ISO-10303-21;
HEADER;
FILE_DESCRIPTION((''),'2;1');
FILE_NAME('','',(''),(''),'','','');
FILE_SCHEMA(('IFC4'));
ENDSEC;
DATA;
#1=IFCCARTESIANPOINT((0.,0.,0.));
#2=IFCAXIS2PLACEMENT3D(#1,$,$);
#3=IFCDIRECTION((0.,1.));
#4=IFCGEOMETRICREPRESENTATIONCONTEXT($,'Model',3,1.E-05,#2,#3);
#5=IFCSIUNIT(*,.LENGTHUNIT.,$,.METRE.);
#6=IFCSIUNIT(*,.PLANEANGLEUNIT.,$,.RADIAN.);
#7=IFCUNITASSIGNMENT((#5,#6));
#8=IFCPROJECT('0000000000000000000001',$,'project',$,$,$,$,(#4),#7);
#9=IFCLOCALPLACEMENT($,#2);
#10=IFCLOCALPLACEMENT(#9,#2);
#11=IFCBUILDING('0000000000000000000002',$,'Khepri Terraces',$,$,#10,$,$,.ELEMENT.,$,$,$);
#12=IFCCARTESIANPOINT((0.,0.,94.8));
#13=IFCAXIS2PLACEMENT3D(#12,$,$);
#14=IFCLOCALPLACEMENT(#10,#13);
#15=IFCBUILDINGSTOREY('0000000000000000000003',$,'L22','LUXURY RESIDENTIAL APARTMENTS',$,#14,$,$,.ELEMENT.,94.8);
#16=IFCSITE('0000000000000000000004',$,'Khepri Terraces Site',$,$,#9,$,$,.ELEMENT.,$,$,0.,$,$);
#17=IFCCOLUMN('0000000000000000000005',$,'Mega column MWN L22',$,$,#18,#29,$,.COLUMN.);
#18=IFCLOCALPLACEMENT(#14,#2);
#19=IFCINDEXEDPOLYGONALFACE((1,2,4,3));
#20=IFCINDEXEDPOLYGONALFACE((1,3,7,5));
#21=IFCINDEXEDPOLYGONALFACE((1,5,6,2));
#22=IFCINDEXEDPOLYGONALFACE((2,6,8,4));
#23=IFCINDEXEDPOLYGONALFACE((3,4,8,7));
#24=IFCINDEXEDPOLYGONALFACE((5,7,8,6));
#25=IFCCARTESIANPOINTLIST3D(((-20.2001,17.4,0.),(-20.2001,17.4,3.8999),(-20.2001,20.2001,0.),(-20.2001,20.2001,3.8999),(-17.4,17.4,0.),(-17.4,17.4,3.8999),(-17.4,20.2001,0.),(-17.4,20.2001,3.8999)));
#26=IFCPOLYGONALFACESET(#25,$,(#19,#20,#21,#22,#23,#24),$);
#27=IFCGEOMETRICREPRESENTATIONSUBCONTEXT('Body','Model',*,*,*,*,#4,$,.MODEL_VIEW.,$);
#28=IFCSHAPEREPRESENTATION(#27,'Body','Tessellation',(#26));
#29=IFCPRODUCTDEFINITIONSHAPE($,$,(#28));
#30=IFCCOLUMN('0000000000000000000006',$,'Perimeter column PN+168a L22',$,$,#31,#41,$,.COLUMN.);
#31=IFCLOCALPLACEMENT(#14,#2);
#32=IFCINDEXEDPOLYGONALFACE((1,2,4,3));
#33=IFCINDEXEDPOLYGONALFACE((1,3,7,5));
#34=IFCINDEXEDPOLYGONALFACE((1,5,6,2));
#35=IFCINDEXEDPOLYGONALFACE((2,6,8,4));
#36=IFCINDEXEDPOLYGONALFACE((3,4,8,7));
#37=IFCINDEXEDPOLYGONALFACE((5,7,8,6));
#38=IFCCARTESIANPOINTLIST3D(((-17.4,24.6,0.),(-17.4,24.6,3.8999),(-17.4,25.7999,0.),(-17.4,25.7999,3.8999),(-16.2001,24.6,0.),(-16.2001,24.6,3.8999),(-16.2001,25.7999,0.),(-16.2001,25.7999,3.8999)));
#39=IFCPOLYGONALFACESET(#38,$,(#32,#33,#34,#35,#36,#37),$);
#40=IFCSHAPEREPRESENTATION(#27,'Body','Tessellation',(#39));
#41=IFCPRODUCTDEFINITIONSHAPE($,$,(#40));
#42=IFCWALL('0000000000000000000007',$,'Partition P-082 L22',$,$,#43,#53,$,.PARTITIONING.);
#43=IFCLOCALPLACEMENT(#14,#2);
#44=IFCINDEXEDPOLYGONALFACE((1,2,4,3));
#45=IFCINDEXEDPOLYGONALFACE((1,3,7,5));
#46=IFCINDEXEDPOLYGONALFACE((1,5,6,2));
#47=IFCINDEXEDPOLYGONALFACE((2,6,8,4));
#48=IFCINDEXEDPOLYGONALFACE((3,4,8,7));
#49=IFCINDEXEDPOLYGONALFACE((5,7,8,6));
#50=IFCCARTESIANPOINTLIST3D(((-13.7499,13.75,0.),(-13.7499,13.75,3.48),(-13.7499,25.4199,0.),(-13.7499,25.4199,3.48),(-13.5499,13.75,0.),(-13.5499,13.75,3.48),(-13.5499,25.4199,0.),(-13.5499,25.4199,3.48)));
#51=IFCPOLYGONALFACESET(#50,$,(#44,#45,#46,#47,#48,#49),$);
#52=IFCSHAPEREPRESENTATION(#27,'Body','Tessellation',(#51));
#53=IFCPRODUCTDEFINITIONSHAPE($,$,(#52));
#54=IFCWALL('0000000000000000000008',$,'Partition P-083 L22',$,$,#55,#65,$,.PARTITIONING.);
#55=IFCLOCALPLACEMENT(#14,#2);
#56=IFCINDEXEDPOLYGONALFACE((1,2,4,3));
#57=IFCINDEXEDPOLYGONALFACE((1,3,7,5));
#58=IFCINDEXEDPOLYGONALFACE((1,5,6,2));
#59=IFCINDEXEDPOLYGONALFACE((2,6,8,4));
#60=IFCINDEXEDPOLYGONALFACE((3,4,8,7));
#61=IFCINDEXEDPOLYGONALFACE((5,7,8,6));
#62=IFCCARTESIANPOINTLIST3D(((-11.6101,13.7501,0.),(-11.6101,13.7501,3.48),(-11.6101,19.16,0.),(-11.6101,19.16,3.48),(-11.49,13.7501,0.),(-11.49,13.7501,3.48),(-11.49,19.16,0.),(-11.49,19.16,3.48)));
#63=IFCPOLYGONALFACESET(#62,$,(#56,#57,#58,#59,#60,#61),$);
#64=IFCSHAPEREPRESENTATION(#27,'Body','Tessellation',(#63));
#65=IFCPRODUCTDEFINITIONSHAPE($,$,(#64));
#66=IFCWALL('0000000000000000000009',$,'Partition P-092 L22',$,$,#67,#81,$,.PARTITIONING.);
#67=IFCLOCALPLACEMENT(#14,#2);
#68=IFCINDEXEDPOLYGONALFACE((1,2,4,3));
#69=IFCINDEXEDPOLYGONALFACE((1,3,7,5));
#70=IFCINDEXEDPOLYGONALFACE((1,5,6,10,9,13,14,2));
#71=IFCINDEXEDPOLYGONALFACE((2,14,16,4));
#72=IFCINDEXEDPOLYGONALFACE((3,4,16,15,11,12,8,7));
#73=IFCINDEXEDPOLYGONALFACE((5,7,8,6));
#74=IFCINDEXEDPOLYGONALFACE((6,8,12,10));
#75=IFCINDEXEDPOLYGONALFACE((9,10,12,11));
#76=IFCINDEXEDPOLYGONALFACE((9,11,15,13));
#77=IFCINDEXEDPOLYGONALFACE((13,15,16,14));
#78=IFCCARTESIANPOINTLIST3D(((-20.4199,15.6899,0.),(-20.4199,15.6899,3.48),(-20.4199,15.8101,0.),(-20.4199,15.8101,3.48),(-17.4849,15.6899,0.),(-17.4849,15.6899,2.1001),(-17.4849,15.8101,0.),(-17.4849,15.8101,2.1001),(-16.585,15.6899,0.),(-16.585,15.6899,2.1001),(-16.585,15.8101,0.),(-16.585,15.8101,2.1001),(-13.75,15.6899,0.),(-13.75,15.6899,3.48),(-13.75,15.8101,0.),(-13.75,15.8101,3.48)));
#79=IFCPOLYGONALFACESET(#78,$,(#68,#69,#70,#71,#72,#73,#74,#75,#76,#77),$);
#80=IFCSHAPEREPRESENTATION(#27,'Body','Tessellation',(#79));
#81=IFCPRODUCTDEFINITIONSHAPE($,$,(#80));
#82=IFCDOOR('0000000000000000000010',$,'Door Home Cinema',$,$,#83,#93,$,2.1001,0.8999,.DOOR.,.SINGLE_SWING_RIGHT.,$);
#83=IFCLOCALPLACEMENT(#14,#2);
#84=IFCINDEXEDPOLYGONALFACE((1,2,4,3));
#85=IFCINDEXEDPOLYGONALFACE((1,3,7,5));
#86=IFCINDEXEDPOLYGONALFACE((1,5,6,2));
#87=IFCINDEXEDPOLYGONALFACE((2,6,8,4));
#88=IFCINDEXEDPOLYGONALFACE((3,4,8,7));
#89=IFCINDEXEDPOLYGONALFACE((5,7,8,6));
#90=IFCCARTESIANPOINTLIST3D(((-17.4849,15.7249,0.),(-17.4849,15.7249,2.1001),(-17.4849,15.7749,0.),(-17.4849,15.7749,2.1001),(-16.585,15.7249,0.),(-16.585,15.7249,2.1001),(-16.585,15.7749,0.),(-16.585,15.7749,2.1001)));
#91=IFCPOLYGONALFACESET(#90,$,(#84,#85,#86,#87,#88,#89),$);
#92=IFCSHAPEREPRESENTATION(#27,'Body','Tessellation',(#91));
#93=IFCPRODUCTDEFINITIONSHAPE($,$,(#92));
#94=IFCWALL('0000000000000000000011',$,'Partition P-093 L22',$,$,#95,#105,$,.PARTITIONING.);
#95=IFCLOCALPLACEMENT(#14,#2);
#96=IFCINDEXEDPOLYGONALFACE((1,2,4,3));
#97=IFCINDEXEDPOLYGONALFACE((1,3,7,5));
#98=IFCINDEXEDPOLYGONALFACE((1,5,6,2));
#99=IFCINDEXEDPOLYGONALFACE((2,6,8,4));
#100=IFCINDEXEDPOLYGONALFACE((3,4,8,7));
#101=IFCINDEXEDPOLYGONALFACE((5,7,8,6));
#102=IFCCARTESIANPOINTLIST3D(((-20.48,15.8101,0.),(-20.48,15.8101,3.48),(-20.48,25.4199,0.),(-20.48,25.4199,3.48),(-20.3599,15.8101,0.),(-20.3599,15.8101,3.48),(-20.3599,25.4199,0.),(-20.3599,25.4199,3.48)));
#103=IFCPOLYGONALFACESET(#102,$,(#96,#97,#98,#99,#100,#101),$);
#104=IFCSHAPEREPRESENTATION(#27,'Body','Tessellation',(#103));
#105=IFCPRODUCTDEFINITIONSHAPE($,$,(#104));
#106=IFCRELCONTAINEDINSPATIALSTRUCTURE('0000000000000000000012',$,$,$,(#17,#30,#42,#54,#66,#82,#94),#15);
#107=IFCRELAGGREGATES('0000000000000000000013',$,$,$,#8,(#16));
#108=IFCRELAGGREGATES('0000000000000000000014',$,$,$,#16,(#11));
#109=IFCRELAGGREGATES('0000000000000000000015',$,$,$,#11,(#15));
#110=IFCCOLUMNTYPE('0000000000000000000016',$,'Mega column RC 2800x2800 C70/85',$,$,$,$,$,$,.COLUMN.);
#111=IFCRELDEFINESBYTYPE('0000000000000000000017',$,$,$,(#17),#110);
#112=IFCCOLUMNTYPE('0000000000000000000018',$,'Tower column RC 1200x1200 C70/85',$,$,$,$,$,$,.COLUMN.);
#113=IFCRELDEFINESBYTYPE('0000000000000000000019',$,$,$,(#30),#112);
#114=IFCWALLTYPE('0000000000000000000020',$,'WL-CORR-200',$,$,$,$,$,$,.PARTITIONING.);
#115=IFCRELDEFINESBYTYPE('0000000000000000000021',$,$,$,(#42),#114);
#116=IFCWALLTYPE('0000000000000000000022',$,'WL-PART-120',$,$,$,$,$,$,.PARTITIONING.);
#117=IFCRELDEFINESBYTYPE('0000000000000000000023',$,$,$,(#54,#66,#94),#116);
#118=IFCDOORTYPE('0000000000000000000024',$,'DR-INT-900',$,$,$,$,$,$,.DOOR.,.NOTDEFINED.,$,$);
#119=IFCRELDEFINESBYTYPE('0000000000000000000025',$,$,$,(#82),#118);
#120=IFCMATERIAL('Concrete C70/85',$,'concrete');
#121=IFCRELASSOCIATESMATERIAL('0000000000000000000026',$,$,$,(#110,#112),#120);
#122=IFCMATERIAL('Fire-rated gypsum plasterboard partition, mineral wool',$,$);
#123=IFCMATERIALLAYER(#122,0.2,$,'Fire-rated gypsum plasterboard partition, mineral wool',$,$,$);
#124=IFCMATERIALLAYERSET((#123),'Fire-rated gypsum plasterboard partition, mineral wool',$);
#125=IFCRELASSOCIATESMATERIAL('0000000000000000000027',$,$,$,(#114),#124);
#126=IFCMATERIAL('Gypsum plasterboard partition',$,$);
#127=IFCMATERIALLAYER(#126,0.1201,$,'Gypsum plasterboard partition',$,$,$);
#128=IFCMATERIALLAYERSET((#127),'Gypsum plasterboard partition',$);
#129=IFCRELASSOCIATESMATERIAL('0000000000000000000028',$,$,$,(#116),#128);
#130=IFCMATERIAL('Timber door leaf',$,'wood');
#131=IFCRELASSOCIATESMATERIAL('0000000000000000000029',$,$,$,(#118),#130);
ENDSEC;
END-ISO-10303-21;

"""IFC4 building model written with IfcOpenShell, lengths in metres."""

from ifc_helpers import new_model, si_unit, direction, frame, frame_2d, origin, origin_2d, place, context, subcontext, project, spatial, rectangle, extrude, material, layer, layer_set, material_profile, profile_set, type_object, element, fill, save


model = new_model("IFC4")

# Units and contexts
model_context = context("Model", 3, precision=1e-05, world=origin(), true_north=direction((0.0, 1.0)))
body_context = subcontext(model_context, "Body", "Model", "MODEL_VIEW")
ifc_project = project(units=[si_unit("LENGTHUNIT", "METRE"), si_unit("PLANEANGLEUNIT", "RADIAN")], contexts=[model_context])

# Site, building, storey
site_placement = place(None, origin())
site = spatial("IfcSite", under=ifc_project, at=site_placement, Name="Khepri Terraces Site", CompositionType="ELEMENT", RefElevation=0.0)
building_placement = place(site_placement, origin())
building = spatial("IfcBuilding", under=site, at=building_placement, Name="Khepri Terraces", CompositionType="ELEMENT")
storey_placement = place(building_placement, frame((0.0, 0.0, 94.8)))
storey = spatial("IfcBuildingStorey", under=building, at=storey_placement, Name="L22", Description="LUXURY RESIDENTIAL APARTMENTS", CompositionType="ELEMENT", Elevation=94.8)

# Columns
ifc_material_1 = material(Name="Concrete C70/85", Category="concrete")
ifc_material_profile_1 = material_profile(ifc_material_1, rectangle(XDim=2.8, YDim=2.8, at=origin_2d()), Name="Concrete C70/85", Category="concrete")
ifc_profile_set_1 = profile_set([ifc_material_profile_1], Name="Concrete C70/85")
column_type_1 = type_object("IfcColumnType", Name="Mega column RC 2800x2800 C70/85", PredefinedType="COLUMN", material=ifc_profile_set_1)
column_1_placement = place(storey_placement, frame((-18.8, 18.8, 0.0), z_axis=(0.0, 0.0, 1.0), x_axis=(1.0, 0.0, 0.0)))
element("IfcColumn", 1, at=column_1_placement, inside=storey, type_object=column_type_1, Name="Mega column MWN L22", PredefinedType="COLUMN", context=body_context, shape_type="SweptSolid", body=[
    extrude(rectangle(XDim=2.8, YDim=2.8, at=origin_2d()), origin(), (0.0, 0.0, 1.0), 3.8999),
])
ifc_material_profile_2 = material_profile(ifc_material_1, rectangle(XDim=1.2, YDim=1.2, at=origin_2d()), Name="Concrete C70/85", Category="concrete")
ifc_profile_set_2 = profile_set([ifc_material_profile_2], Name="Concrete C70/85")
column_type_2 = type_object("IfcColumnType", Name="Tower column RC 1200x1200 C70/85", PredefinedType="COLUMN", material=ifc_profile_set_2)
column_2_placement = place(storey_placement, frame((-16.8, 25.2, 0.0), z_axis=(0.0, 0.0, 1.0), x_axis=(1.0, 0.0, 0.0)))
element("IfcColumn", 2, at=column_2_placement, inside=storey, type_object=column_type_2, Name="Perimeter column PN+168a L22", PredefinedType="COLUMN", context=body_context, shape_type="SweptSolid", body=[
    extrude(rectangle(XDim=1.2, YDim=1.2, at=origin_2d()), origin(), (0.0, 0.0, 1.0), 3.8999),
])

# Wall
ifc_material_2 = material(Name="Fire-rated gypsum plasterboard partition, mineral wool")
ifc_layer_1 = layer(ifc_material_2, 0.2, Name="Fire-rated gypsum plasterboard partition, mineral wool")
ifc_layer_set_1 = layer_set([ifc_layer_1], Name="Fire-rated gypsum plasterboard partition, mineral wool")
wall_type_1 = type_object("IfcWallType", Name="WL-CORR-200", PredefinedType="PARTITIONING", material=ifc_layer_set_1)
wall_1_placement = place(storey_placement, frame((-13.6499, 13.75, 0.0), z_axis=(0.0, 0.0, 1.0), x_axis=(0.0, 1.0, 0.0)))
element("IfcWall", 3, at=wall_1_placement, inside=storey, type_object=wall_type_1, Name="Partition P-082 L22", PredefinedType="PARTITIONING", context=body_context, shape_type="SweptSolid", body=[
    extrude(rectangle(XDim=11.6699, YDim=0.2, at=frame_2d((5.835, 0.0))), origin(), (0.0, 0.0, 1.0), 3.48),
])

# Wall
ifc_material_3 = material(Name="Gypsum plasterboard partition")
ifc_layer_2 = layer(ifc_material_3, 0.1201, Name="Gypsum plasterboard partition")
ifc_layer_set_2 = layer_set([ifc_layer_2], Name="Gypsum plasterboard partition")
wall_type_2 = type_object("IfcWallType", Name="WL-PART-120", PredefinedType="PARTITIONING", material=ifc_layer_set_2)
wall_2_placement = place(storey_placement, frame((-11.55, 13.75, 0.0), z_axis=(0.0, 0.0, 1.0), x_axis=(0.0, 1.0, 0.0)))
element("IfcWall", 4, at=wall_2_placement, inside=storey, type_object=wall_type_2, Name="Partition P-083 L22", PredefinedType="PARTITIONING", context=body_context, shape_type="SweptSolid", body=[
    extrude(rectangle(XDim=5.4099, YDim=0.1201, at=frame_2d((2.7051, 0.0))), origin(), (0.0, 0.0, 1.0), 3.48),
])

# Wall, opening, door
wall_3_placement = place(storey_placement, frame((-20.4199, 15.75, 0.0), z_axis=(0.0, 0.0, 1.0), x_axis=(1.0, 0.0, 0.0)))
wall_3 = element("IfcWall", 5, at=wall_3_placement, inside=storey, type_object=wall_type_2, Name="Partition P-092 L22", PredefinedType="PARTITIONING", context=body_context, shape_type="SweptSolid", body=[
    extrude(rectangle(XDim=6.6699, YDim=0.1201, at=frame_2d((3.335, 0.0))), origin(), (0.0, 0.0, 1.0), 3.48),
])
opening_1_placement = place(wall_3_placement, frame((2.9351, 0.0, 0.0)))
opening_1 = element("IfcOpeningElement", 6, at=opening_1_placement, cuts=wall_3, PredefinedType="OPENING", context=body_context, shape_type="SweptSolid", body=[
    extrude(rectangle(XDim=0.8999, YDim=2.1001, at=frame_2d((0.45, 1.05))), frame((0.0, 0.0701, 0.0), z_axis=(0.0, -1.0, 0.0), x_axis=(1.0, 0.0, 0.0)), (0.0, 0.0, 1.0), 0.1401),
])
ifc_material_4 = material(Name="Timber door leaf", Category="wood")
door_type_1 = type_object("IfcDoorType", Name="DR-INT-900", OperationType="NOTDEFINED", PredefinedType="DOOR", material=ifc_material_4)
door_1_placement = place(opening_1_placement, origin())
door_1 = element("IfcDoor", 7, at=door_1_placement, inside=storey, type_object=door_type_1, Name="Door Home Cinema", OperationType="SINGLE_SWING_RIGHT", OverallHeight=2.1001, OverallWidth=0.8999, PredefinedType="DOOR", context=body_context, shape_type="SweptSolid", body=[
    extrude(rectangle(XDim=0.8999, YDim=2.1001, at=frame_2d((0.45, 1.05))), frame((0.0, 0.0249, 0.0), z_axis=(0.0, -1.0, 0.0), x_axis=(1.0, 0.0, 0.0)), (0.0, 0.0, 1.0), 0.05),
])
fill(opening_1, door_1)

# Wall
wall_4_placement = place(storey_placement, frame((-20.4199, 15.8101, 0.0), z_axis=(0.0, 0.0, 1.0), x_axis=(0.0, 1.0, 0.0)))
element("IfcWall", 8, at=wall_4_placement, inside=storey, type_object=wall_type_2, Name="Partition P-093 L22", PredefinedType="PARTITIONING", context=body_context, shape_type="SweptSolid", body=[
    extrude(rectangle(XDim=9.6099, YDim=0.1201, at=frame_2d((4.8049, 0.0))), origin(), (0.0, 0.0, 1.0), 3.48),
])

save(model, "model.ifc")
